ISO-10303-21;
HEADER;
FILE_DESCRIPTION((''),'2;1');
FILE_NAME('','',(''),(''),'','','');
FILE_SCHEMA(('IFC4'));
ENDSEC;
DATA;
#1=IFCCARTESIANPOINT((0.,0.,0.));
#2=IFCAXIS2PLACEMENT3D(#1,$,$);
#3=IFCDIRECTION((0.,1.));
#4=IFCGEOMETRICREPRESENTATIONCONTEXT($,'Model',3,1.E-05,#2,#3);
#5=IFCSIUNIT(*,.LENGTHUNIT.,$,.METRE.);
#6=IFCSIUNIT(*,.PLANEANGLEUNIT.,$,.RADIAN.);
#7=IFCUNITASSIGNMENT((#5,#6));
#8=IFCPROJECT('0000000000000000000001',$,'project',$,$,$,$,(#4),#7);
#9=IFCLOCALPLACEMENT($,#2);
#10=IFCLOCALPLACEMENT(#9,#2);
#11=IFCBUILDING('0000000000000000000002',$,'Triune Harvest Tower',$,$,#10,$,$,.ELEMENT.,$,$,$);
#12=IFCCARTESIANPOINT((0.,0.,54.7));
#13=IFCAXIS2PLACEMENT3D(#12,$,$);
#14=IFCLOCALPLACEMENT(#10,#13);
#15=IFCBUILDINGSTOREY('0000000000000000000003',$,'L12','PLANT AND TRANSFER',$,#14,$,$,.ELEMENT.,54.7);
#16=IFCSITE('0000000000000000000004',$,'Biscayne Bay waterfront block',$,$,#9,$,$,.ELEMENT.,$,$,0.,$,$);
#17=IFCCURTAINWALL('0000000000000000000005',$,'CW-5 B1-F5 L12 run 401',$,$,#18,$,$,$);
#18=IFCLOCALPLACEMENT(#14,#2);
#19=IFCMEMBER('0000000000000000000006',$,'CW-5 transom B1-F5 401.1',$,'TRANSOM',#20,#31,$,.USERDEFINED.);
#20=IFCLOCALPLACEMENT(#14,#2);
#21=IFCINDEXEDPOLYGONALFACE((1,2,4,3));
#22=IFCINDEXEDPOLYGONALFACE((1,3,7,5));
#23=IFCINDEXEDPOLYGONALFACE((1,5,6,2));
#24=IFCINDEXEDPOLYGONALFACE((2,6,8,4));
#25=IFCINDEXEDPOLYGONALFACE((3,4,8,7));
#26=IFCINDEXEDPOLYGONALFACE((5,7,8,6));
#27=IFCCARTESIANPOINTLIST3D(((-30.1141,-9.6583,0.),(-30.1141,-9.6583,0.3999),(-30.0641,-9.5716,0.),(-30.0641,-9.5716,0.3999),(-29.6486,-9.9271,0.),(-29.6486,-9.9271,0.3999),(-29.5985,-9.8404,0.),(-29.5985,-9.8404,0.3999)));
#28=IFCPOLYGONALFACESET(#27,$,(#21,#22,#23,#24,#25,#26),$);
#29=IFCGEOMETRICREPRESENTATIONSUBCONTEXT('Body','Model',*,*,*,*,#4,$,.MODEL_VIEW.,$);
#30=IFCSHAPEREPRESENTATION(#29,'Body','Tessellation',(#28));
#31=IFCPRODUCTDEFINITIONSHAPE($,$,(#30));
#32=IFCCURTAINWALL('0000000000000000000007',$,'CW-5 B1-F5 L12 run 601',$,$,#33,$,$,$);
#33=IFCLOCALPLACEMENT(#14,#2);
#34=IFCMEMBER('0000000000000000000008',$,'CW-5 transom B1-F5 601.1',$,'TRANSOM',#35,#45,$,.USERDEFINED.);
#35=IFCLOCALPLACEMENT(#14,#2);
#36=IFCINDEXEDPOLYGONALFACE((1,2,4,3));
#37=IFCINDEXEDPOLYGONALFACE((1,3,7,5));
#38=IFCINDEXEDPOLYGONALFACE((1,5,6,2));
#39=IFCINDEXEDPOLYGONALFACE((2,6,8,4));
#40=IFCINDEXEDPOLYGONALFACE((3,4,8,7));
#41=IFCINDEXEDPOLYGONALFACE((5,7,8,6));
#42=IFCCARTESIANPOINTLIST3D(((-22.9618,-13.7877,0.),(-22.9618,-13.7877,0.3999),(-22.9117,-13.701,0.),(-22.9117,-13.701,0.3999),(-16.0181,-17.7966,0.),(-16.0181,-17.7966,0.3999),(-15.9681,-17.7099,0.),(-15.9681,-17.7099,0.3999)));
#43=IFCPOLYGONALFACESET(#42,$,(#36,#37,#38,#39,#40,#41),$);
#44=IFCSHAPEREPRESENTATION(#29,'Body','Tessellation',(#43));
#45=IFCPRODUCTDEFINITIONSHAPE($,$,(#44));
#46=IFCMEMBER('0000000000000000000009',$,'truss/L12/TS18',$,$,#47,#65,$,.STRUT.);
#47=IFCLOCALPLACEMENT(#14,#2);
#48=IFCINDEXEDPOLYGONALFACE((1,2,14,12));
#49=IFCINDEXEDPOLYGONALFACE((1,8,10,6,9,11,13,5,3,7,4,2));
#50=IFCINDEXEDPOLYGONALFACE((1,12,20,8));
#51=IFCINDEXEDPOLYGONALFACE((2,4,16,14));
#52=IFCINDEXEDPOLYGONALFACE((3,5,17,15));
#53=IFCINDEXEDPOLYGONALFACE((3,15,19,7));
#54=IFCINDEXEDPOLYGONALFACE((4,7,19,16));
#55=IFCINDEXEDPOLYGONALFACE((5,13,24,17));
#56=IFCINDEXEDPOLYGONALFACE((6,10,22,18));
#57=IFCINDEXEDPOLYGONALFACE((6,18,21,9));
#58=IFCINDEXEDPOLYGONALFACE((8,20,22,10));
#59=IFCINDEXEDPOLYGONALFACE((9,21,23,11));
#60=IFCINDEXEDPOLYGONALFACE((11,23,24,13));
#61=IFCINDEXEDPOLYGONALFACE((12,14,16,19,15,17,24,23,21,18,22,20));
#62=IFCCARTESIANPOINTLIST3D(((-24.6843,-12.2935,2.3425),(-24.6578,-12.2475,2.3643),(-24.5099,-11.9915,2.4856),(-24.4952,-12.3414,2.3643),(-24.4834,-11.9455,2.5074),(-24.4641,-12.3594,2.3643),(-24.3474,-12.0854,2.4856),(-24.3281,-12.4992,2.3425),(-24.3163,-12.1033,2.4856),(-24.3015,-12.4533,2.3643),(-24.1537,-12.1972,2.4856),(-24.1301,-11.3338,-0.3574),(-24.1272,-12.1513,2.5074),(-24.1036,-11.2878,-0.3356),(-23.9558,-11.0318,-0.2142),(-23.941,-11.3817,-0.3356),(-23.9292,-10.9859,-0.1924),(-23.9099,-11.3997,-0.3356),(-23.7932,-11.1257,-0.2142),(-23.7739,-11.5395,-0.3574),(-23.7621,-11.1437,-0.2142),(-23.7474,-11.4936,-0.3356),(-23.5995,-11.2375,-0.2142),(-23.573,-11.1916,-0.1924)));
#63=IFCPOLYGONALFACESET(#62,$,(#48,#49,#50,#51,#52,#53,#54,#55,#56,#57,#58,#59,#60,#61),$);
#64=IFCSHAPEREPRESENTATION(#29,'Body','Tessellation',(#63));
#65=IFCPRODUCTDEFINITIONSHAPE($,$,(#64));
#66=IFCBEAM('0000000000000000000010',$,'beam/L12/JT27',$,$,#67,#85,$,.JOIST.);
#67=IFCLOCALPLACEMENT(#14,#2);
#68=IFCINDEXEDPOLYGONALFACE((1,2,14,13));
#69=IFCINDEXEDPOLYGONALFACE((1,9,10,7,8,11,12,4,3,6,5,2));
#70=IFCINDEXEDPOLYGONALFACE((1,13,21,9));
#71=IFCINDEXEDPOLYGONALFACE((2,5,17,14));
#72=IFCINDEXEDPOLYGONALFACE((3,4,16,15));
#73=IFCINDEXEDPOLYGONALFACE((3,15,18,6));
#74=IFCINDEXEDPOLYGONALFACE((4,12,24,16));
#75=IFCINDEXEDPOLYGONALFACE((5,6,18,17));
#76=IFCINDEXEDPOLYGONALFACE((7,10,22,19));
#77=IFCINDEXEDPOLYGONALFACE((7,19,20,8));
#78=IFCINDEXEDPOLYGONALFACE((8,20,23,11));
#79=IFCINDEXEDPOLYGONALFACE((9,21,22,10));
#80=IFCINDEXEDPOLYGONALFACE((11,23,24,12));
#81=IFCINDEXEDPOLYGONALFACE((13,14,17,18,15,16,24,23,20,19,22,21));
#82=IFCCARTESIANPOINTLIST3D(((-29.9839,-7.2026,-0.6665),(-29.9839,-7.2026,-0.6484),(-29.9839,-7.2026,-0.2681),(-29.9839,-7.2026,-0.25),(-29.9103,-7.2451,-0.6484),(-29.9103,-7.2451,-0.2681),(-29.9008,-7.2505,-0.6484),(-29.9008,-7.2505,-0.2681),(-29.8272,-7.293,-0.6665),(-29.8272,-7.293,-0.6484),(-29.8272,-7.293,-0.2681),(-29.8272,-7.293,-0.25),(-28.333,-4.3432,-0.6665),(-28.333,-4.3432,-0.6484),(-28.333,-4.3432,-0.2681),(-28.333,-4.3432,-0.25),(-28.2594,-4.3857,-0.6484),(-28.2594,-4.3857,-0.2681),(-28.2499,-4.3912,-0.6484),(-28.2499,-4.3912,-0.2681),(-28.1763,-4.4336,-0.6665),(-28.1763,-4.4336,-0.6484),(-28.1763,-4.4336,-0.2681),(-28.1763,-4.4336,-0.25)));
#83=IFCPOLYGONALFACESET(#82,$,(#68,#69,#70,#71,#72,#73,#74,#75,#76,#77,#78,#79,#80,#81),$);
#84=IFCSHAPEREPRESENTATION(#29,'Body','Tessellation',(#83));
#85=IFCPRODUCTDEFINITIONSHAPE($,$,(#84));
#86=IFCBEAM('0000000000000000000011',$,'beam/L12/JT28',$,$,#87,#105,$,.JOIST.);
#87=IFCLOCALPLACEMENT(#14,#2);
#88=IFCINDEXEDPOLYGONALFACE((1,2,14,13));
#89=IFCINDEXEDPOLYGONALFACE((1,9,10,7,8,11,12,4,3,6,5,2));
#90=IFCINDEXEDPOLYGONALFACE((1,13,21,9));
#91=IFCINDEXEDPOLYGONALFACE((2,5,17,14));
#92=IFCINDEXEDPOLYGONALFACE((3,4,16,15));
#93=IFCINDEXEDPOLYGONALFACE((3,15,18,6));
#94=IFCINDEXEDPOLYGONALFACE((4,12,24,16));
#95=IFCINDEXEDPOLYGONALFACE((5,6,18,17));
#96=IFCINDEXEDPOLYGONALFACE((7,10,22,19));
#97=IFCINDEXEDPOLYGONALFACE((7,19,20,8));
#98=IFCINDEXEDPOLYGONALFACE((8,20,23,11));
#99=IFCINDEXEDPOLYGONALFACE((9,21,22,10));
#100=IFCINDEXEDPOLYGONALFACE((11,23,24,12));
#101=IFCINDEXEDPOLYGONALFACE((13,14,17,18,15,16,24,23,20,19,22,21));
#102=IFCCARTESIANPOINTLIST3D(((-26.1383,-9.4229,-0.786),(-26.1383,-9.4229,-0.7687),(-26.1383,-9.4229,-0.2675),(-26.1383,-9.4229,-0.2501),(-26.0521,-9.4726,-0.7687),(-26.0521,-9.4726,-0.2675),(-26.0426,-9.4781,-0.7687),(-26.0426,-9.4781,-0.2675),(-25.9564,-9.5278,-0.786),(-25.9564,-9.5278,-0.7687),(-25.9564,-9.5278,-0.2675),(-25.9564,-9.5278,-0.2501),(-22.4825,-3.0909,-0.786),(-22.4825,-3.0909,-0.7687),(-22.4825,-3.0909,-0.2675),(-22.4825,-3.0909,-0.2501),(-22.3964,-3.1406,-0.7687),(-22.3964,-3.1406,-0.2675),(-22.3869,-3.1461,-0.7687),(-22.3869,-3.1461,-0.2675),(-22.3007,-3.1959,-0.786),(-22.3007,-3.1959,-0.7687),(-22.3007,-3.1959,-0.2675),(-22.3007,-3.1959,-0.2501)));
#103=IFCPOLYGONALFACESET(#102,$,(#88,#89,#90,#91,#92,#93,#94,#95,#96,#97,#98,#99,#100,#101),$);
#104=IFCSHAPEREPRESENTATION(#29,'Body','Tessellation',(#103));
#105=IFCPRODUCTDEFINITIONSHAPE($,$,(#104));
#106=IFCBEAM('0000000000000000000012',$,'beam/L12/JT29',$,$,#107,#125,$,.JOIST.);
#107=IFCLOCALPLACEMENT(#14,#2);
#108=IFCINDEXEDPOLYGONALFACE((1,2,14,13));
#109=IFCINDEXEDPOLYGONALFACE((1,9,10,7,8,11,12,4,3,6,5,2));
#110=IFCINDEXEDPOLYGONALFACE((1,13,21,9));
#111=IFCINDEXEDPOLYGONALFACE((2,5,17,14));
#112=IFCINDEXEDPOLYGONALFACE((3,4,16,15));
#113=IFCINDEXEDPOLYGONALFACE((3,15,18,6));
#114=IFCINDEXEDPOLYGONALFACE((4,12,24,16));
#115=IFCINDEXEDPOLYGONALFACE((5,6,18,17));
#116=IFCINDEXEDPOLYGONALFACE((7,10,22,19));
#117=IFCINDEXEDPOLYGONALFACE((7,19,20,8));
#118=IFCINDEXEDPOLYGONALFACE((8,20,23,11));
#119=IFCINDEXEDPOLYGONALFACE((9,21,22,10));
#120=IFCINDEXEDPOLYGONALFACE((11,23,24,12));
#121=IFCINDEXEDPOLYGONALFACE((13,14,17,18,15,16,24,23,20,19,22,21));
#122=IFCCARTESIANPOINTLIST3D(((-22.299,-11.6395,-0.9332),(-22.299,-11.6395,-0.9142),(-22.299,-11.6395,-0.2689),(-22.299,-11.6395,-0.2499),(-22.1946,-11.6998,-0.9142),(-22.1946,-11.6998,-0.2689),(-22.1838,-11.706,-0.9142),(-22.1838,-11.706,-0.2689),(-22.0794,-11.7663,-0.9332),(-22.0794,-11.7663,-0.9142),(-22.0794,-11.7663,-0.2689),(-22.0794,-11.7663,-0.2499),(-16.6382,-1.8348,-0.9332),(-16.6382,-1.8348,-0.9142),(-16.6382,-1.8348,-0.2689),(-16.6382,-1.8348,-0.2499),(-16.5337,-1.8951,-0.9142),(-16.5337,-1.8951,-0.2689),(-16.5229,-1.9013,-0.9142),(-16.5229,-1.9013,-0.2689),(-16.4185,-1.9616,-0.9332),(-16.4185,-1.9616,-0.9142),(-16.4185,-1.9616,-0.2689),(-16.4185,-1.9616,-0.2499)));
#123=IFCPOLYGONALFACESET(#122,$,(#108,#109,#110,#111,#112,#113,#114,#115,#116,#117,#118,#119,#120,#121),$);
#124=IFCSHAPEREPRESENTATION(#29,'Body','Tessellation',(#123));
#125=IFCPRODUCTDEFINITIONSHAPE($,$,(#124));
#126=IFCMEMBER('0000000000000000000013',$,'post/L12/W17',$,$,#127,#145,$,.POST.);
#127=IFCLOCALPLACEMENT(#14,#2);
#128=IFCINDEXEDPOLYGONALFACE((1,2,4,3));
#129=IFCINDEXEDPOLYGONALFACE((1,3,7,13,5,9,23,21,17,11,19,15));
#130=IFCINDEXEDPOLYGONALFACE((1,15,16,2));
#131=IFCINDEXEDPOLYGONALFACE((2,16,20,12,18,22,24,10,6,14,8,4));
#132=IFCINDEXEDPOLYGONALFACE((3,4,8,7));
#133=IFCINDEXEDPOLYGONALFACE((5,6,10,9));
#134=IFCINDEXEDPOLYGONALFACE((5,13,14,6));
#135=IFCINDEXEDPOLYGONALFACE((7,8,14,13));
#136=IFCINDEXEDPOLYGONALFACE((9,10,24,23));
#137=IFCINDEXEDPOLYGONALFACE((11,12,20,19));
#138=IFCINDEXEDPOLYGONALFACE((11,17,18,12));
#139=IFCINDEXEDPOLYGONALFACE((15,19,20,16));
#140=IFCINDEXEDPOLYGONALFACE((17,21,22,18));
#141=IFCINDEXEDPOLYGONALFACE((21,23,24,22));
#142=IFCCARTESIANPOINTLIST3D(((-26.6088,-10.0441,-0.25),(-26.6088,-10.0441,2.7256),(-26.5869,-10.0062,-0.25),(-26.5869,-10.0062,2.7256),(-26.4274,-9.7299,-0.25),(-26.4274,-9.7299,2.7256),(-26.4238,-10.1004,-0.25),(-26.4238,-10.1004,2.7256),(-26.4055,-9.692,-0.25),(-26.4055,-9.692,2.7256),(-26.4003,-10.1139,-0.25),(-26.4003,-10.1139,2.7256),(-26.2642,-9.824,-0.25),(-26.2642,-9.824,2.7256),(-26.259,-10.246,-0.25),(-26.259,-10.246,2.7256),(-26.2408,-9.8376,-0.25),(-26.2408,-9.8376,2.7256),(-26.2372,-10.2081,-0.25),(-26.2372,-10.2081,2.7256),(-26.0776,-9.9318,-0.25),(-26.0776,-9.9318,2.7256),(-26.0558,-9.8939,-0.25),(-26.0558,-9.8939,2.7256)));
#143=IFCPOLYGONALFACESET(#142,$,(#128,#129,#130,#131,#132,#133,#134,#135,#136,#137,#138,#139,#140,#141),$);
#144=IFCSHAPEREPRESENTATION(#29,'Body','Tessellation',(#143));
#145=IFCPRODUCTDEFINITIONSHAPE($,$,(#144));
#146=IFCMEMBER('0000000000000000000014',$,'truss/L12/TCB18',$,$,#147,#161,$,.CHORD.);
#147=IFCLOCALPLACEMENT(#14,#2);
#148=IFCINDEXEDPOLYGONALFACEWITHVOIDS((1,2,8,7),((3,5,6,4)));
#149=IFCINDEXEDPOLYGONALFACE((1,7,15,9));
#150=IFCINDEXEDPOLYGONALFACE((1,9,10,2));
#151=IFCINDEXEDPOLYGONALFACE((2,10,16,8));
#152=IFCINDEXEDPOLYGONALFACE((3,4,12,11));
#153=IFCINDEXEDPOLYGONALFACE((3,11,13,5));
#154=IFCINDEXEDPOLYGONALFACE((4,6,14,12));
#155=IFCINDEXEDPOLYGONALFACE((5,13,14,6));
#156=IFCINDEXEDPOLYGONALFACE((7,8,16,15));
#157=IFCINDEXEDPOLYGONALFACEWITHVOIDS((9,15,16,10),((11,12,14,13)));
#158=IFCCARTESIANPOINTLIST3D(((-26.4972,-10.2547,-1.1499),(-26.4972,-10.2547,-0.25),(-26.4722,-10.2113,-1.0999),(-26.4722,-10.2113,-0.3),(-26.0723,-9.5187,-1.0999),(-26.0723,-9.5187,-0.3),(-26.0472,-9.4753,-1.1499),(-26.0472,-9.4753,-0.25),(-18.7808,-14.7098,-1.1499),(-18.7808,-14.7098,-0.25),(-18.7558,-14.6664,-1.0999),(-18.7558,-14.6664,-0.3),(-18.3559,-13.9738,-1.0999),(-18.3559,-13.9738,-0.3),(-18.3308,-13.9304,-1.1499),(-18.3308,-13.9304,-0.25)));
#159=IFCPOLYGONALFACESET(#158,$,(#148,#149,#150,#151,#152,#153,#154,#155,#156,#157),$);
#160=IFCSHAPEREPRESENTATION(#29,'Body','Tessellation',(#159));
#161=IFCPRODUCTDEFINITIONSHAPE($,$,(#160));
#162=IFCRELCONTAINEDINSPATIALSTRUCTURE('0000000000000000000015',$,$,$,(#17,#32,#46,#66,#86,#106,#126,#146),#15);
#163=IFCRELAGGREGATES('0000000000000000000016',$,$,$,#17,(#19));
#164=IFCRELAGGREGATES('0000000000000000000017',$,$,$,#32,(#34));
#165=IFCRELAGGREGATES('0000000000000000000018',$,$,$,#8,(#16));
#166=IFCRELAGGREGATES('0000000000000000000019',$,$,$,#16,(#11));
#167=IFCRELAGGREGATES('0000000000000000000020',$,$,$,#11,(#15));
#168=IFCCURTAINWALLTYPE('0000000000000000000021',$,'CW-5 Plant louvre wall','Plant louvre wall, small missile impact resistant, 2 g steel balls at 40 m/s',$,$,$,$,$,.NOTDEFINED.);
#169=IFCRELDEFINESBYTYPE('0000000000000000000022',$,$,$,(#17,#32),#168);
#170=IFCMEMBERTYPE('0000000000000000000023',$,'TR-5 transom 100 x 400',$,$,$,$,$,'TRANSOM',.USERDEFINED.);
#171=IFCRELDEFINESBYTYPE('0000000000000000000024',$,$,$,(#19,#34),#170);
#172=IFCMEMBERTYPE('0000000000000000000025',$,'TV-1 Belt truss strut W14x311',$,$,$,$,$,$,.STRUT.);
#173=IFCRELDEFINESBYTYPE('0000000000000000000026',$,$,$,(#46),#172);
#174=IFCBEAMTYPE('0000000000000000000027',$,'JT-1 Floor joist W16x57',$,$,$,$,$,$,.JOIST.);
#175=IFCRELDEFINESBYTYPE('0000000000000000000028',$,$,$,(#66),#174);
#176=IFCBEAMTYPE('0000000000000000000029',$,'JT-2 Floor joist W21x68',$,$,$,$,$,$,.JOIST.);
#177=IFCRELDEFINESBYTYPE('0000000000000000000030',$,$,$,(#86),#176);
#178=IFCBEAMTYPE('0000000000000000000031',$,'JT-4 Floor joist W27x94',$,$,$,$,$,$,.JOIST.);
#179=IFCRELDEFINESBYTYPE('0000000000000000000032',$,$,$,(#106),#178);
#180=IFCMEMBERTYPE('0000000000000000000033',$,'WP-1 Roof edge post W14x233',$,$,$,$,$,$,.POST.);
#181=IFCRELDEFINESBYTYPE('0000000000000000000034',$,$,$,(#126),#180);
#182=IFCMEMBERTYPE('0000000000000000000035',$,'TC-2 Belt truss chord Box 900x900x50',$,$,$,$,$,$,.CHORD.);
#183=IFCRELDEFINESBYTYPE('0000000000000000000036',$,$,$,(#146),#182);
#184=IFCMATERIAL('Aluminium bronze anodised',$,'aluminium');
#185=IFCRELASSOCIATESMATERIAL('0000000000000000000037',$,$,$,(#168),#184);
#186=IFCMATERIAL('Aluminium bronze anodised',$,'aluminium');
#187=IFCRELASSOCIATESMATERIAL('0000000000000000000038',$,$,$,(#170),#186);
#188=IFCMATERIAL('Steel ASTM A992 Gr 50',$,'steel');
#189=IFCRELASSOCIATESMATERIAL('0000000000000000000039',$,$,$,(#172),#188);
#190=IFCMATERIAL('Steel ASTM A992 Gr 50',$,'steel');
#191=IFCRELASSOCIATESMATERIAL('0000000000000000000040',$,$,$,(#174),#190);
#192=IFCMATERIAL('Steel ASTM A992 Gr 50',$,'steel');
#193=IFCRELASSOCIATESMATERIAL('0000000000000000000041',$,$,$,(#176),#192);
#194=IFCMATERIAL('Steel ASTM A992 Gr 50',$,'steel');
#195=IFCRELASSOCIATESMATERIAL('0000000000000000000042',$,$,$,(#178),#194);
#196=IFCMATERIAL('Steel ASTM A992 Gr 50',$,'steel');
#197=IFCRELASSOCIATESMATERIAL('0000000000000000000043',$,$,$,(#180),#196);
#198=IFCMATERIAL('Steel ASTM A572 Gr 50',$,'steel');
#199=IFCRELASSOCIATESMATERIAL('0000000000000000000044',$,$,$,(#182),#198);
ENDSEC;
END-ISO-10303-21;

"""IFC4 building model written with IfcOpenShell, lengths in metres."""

from ifc_helpers import new_model, si_unit, direction, frame, origin, origin_2d, place, context, subcontext, project, spatial, rectangle, hollow_rectangle, i_section, extrude, source, transform, mapped, material, material_profile, profile_set, type_object, element, aggregate, save


model = new_model("IFC4")

# Units and contexts
model_context = context("Model", 3, precision=1e-05, world=origin(), true_north=direction((0.0, 1.0)))
body_context = subcontext(model_context, "Body", "Model", "MODEL_VIEW")
ifc_project = project(units=[si_unit("LENGTHUNIT", "METRE"), si_unit("PLANEANGLEUNIT", "RADIAN")], contexts=[model_context])

# Site, building, storey
site_placement = place(None, origin())
site = spatial("IfcSite", under=ifc_project, at=site_placement, Name="Biscayne Bay waterfront block", CompositionType="ELEMENT", RefElevation=0.0)
building_placement = place(site_placement, origin())
building = spatial("IfcBuilding", under=site, at=building_placement, Name="Triune Harvest Tower", CompositionType="ELEMENT")
storey_placement = place(building_placement, frame((0.0, 0.0, 54.7)))
storey = spatial("IfcBuildingStorey", under=building, at=storey_placement, Name="L12", Description="PLANT AND TRANSFER", CompositionType="ELEMENT", Elevation=54.7)

# Curtain walls, members
ifc_material_1 = material(Name="Aluminium bronze anodised", Category="aluminium")
curtain_wall_type = type_object("IfcCurtainWallType", Name="CW-5 Plant louvre wall", Description="Plant louvre wall, small missile impact resistant, 2 g steel balls at 40 m/s", PredefinedType="NOTDEFINED", material=ifc_material_1)
curtain_wall_1_placement = place(storey_placement, origin())
curtain_wall_1 = element("IfcCurtainWall", 1, at=curtain_wall_1_placement, inside=storey, type_object=curtain_wall_type, Name="CW-5 B1-F5 L12 run 401")
ifc_material_2 = material(Name="Aluminium bronze anodised", Category="aluminium")
ifc_material_profile_1 = material_profile(ifc_material_2, rectangle(XDim=0.1001, YDim=0.3999, at=origin_2d()), Name="TR-5 transom 100 x 400")
ifc_profile_set_1 = profile_set([ifc_material_profile_1], Name="Aluminium bronze anodised")
member_type_1 = type_object("IfcMemberType", Name="TR-5 transom 100 x 400", ElementType="TRANSOM", PredefinedType="USERDEFINED", material=ifc_profile_set_1)
member_1_placement = place(storey_placement, frame((-30.0891, -9.615, 0.2), z_axis=(0.866027, -0.499998, 0.0), x_axis=(0.499998, 0.866027, 0.0)))
member_1 = element("IfcMember", 2, at=member_1_placement, type_object=member_type_1, Name="CW-5 transom B1-F5 401.1", ObjectType="TRANSOM", PredefinedType="USERDEFINED", context=body_context, shape_type="SweptSolid", body=[
    extrude(rectangle(XDim=0.1001, YDim=0.3999, at=origin_2d()), origin(), (0.0, 0.0, 1.0), 0.5376),
])
curtain_wall_2_placement = place(storey_placement, origin())
curtain_wall_2 = element("IfcCurtainWall", 3, at=curtain_wall_2_placement, inside=storey, type_object=curtain_wall_type, Name="CW-5 B1-F5 L12 run 601")
member_2_placement = place(storey_placement, frame((-22.9368, -13.7444, 0.2), z_axis=(0.866031, -0.49999, 0.0), x_axis=(0.49999, 0.866031, 0.0)))
member_2 = element("IfcMember", 4, at=member_2_placement, type_object=member_type_1, Name="CW-5 transom B1-F5 601.1", ObjectType="TRANSOM", PredefinedType="USERDEFINED", context=body_context, shape_type="SweptSolid", body=[
    extrude(rectangle(XDim=0.1001, YDim=0.3999, at=origin_2d()), origin(), (0.0, 0.0, 1.0), 8.0178),
])

# Member
ifc_material_3 = material(Name="Steel ASTM A992 Gr 50", Category="steel")
ifc_material_profile_2 = material_profile(ifc_material_3, i_section(OverallWidth=0.4114, OverallDepth=0.4343, WebThickness=0.0359, FlangeThickness=0.0574, at=origin_2d()), Name="W14x311")
ifc_profile_set_2 = profile_set([ifc_material_profile_2], Name="Steel ASTM A992 Gr 50")
member_type_2 = type_object("IfcMemberType", Name="TV-1 Belt truss strut W14x311", PredefinedType="STRUT", material=ifc_profile_set_2)
member_3_placement = place(storey_placement, frame((-23.8516, -11.2627, -0.2749), z_axis=(-0.189889, -0.328834, 0.9251), x_axis=(0.865984, -0.500072, 0.0)))
element("IfcMember", 5, at=member_3_placement, inside=storey, type_object=member_type_2, Name="truss/L12/TS18", PredefinedType="STRUT", context=body_context, shape_type="SweptSolid", body=[
    extrude(i_section(OverallWidth=0.4114, OverallDepth=0.4343, WebThickness=0.0359, FlangeThickness=0.0574, at=origin_2d()), origin(), (0.0, 0.0, 1.0), 2.9185),
])

# Beams
ifc_material_4 = material(Name="Steel ASTM A992 Gr 50", Category="steel")
ifc_material_profile_3 = material_profile(ifc_material_4, i_section(OverallWidth=0.1809, OverallDepth=0.4165, WebThickness=0.011, FlangeThickness=0.0181, at=origin_2d()), Name="W16x57")
ifc_profile_set_3 = profile_set([ifc_material_profile_3], Name="Steel ASTM A992 Gr 50")
beam_type_1 = type_object("IfcBeamType", Name="JT-1 Floor joist W16x57", PredefinedType="JOIST", material=ifc_profile_set_3)
shared_shape_1 = source(origin(), body_context, "Body", "SweptSolid", [
    extrude(i_section(OverallWidth=0.1809, OverallDepth=0.4165, WebThickness=0.011, FlangeThickness=0.0181, at=origin_2d()), origin(), (0.0, 0.0, 1.0), 3.3018),
])
beam_1_placement = place(storey_placement, frame((-29.9055, -7.2478, -0.4583), z_axis=(0.500004, 0.866023, 0.0), x_axis=(-0.866023, 0.500004, 0.0)))
element("IfcBeam", 6, at=beam_1_placement, inside=storey, type_object=beam_type_1, Name="beam/L12/JT27", PredefinedType="JOIST", context=body_context, shape_type="MappedRepresentation", body=[
    mapped(shared_shape_1, transform((0.0, 0.0, 0.0), scale=1.0)),
])
ifc_material_5 = material(Name="Steel ASTM A992 Gr 50", Category="steel")
ifc_material_profile_4 = material_profile(ifc_material_5, i_section(OverallWidth=0.21, OverallDepth=0.5359, WebThickness=0.011, FlangeThickness=0.0173, at=origin_2d()), Name="W21x68")
ifc_profile_set_4 = profile_set([ifc_material_profile_4], Name="Steel ASTM A992 Gr 50")
beam_type_2 = type_object("IfcBeamType", Name="JT-2 Floor joist W21x68", PredefinedType="JOIST", material=ifc_profile_set_4)
shared_shape_2 = source(origin(), body_context, "Body", "SweptSolid", [
    extrude(i_section(OverallWidth=0.21, OverallDepth=0.5359, WebThickness=0.011, FlangeThickness=0.0173, at=origin_2d()), origin(), (0.0, 0.0, 1.0), 7.3115),
])
beam_2_placement = place(storey_placement, frame((-26.0474, -9.4753, -0.5181), z_axis=(0.499996, 0.866028, 0.0), x_axis=(-0.866028, 0.499996, 0.0)))
element("IfcBeam", 7, at=beam_2_placement, inside=storey, type_object=beam_type_2, Name="beam/L12/JT28", PredefinedType="JOIST", context=body_context, shape_type="MappedRepresentation", body=[
    mapped(shared_shape_2, transform((0.0, 0.0, 0.0), scale=1.0)),
])
ifc_material_6 = material(Name="Steel ASTM A992 Gr 50", Category="steel")
ifc_material_profile_5 = material_profile(ifc_material_6, i_section(OverallWidth=0.2537, OverallDepth=0.6833, WebThickness=0.0125, FlangeThickness=0.019, at=origin_2d()), Name="W27x94")
ifc_profile_set_5 = profile_set([ifc_material_profile_5], Name="Steel ASTM A992 Gr 50")
beam_type_3 = type_object("IfcBeamType", Name="JT-4 Floor joist W27x94", PredefinedType="JOIST", material=ifc_profile_set_5)
shared_shape_3 = source(origin(), body_context, "Body", "SweptSolid", [
    extrude(i_section(OverallWidth=0.2537, OverallDepth=0.6833, WebThickness=0.0125, FlangeThickness=0.019, at=origin_2d()), origin(), (0.0, 0.0, 1.0), 11.3215),
])
beam_3_placement = place(storey_placement, frame((-22.1892, -11.7029, -0.5916), z_axis=(0.50001, 0.86602, 0.0), x_axis=(-0.86602, 0.50001, 0.0)))
element("IfcBeam", 8, at=beam_3_placement, inside=storey, type_object=beam_type_3, Name="beam/L12/JT29", PredefinedType="JOIST", context=body_context, shape_type="MappedRepresentation", body=[
    mapped(shared_shape_3, transform((0.0, 0.0, 0.0), scale=1.0)),
])

# Members
ifc_material_7 = material(Name="Steel ASTM A992 Gr 50", Category="steel")
ifc_material_profile_6 = material_profile(ifc_material_7, i_section(OverallWidth=0.4038, OverallDepth=0.4065, WebThickness=0.0271, FlangeThickness=0.0437, at=origin_2d()), Name="W14x233")
ifc_profile_set_6 = profile_set([ifc_material_profile_6], Name="Steel ASTM A992 Gr 50")
member_type_3 = type_object("IfcMemberType", Name="WP-1 Roof edge post W14x233", PredefinedType="POST", material=ifc_profile_set_6)
shared_shape_4 = source(origin(), body_context, "Body", "SweptSolid", [
    extrude(i_section(OverallWidth=0.4038, OverallDepth=0.4065, WebThickness=0.0271, FlangeThickness=0.0437, at=origin_2d()), origin(), (0.0, 0.0, 1.0), 2.9756),
])
member_4_placement = place(storey_placement, frame((-26.3323, -9.969, -0.25), z_axis=(0.0, 0.0, 1.0), x_axis=(0.866025, -0.5, 0.0)))
element("IfcMember", 9, at=member_4_placement, inside=storey, type_object=member_type_3, Name="post/L12/W17", PredefinedType="POST", context=body_context, shape_type="MappedRepresentation", body=[
    mapped(shared_shape_4, transform((0.0, 0.0, 0.0), scale=1.0)),
])
ifc_material_8 = material(Name="Steel ASTM A572 Gr 50", Category="steel")
ifc_material_profile_7 = material_profile(ifc_material_8, hollow_rectangle(XDim=0.8999, YDim=0.8999, WallThickness=0.05, at=origin_2d()), Name="Box 900x900x50")
ifc_profile_set_7 = profile_set([ifc_material_profile_7], Name="Steel ASTM A572 Gr 50")
member_type_4 = type_object("IfcMemberType", Name="TC-2 Belt truss chord Box 900x900x50", PredefinedType="CHORD", material=ifc_profile_set_7)
shared_shape_5 = source(origin(), body_context, "Body", "SweptSolid", [
    extrude(hollow_rectangle(XDim=0.8999, YDim=0.8999, WallThickness=0.05, at=origin_2d()), origin(), (0.0, 0.0, 1.0), 8.9102),
])
member_5_placement = place(storey_placement, frame((-26.2722, -9.865, -0.7), z_axis=(0.866022, -0.500005, 0.0), x_axis=(0.500005, 0.866022, 0.0)))
element("IfcMember", 10, at=member_5_placement, inside=storey, type_object=member_type_4, Name="truss/L12/TCB18", PredefinedType="CHORD", context=body_context, shape_type="MappedRepresentation", body=[
    mapped(shared_shape_5, transform((0.0, 0.0, 0.0), scale=1.0)),
])

aggregate(curtain_wall_1, [member_1])
aggregate(curtain_wall_2, [member_2])

save(model, "model.ifc")
